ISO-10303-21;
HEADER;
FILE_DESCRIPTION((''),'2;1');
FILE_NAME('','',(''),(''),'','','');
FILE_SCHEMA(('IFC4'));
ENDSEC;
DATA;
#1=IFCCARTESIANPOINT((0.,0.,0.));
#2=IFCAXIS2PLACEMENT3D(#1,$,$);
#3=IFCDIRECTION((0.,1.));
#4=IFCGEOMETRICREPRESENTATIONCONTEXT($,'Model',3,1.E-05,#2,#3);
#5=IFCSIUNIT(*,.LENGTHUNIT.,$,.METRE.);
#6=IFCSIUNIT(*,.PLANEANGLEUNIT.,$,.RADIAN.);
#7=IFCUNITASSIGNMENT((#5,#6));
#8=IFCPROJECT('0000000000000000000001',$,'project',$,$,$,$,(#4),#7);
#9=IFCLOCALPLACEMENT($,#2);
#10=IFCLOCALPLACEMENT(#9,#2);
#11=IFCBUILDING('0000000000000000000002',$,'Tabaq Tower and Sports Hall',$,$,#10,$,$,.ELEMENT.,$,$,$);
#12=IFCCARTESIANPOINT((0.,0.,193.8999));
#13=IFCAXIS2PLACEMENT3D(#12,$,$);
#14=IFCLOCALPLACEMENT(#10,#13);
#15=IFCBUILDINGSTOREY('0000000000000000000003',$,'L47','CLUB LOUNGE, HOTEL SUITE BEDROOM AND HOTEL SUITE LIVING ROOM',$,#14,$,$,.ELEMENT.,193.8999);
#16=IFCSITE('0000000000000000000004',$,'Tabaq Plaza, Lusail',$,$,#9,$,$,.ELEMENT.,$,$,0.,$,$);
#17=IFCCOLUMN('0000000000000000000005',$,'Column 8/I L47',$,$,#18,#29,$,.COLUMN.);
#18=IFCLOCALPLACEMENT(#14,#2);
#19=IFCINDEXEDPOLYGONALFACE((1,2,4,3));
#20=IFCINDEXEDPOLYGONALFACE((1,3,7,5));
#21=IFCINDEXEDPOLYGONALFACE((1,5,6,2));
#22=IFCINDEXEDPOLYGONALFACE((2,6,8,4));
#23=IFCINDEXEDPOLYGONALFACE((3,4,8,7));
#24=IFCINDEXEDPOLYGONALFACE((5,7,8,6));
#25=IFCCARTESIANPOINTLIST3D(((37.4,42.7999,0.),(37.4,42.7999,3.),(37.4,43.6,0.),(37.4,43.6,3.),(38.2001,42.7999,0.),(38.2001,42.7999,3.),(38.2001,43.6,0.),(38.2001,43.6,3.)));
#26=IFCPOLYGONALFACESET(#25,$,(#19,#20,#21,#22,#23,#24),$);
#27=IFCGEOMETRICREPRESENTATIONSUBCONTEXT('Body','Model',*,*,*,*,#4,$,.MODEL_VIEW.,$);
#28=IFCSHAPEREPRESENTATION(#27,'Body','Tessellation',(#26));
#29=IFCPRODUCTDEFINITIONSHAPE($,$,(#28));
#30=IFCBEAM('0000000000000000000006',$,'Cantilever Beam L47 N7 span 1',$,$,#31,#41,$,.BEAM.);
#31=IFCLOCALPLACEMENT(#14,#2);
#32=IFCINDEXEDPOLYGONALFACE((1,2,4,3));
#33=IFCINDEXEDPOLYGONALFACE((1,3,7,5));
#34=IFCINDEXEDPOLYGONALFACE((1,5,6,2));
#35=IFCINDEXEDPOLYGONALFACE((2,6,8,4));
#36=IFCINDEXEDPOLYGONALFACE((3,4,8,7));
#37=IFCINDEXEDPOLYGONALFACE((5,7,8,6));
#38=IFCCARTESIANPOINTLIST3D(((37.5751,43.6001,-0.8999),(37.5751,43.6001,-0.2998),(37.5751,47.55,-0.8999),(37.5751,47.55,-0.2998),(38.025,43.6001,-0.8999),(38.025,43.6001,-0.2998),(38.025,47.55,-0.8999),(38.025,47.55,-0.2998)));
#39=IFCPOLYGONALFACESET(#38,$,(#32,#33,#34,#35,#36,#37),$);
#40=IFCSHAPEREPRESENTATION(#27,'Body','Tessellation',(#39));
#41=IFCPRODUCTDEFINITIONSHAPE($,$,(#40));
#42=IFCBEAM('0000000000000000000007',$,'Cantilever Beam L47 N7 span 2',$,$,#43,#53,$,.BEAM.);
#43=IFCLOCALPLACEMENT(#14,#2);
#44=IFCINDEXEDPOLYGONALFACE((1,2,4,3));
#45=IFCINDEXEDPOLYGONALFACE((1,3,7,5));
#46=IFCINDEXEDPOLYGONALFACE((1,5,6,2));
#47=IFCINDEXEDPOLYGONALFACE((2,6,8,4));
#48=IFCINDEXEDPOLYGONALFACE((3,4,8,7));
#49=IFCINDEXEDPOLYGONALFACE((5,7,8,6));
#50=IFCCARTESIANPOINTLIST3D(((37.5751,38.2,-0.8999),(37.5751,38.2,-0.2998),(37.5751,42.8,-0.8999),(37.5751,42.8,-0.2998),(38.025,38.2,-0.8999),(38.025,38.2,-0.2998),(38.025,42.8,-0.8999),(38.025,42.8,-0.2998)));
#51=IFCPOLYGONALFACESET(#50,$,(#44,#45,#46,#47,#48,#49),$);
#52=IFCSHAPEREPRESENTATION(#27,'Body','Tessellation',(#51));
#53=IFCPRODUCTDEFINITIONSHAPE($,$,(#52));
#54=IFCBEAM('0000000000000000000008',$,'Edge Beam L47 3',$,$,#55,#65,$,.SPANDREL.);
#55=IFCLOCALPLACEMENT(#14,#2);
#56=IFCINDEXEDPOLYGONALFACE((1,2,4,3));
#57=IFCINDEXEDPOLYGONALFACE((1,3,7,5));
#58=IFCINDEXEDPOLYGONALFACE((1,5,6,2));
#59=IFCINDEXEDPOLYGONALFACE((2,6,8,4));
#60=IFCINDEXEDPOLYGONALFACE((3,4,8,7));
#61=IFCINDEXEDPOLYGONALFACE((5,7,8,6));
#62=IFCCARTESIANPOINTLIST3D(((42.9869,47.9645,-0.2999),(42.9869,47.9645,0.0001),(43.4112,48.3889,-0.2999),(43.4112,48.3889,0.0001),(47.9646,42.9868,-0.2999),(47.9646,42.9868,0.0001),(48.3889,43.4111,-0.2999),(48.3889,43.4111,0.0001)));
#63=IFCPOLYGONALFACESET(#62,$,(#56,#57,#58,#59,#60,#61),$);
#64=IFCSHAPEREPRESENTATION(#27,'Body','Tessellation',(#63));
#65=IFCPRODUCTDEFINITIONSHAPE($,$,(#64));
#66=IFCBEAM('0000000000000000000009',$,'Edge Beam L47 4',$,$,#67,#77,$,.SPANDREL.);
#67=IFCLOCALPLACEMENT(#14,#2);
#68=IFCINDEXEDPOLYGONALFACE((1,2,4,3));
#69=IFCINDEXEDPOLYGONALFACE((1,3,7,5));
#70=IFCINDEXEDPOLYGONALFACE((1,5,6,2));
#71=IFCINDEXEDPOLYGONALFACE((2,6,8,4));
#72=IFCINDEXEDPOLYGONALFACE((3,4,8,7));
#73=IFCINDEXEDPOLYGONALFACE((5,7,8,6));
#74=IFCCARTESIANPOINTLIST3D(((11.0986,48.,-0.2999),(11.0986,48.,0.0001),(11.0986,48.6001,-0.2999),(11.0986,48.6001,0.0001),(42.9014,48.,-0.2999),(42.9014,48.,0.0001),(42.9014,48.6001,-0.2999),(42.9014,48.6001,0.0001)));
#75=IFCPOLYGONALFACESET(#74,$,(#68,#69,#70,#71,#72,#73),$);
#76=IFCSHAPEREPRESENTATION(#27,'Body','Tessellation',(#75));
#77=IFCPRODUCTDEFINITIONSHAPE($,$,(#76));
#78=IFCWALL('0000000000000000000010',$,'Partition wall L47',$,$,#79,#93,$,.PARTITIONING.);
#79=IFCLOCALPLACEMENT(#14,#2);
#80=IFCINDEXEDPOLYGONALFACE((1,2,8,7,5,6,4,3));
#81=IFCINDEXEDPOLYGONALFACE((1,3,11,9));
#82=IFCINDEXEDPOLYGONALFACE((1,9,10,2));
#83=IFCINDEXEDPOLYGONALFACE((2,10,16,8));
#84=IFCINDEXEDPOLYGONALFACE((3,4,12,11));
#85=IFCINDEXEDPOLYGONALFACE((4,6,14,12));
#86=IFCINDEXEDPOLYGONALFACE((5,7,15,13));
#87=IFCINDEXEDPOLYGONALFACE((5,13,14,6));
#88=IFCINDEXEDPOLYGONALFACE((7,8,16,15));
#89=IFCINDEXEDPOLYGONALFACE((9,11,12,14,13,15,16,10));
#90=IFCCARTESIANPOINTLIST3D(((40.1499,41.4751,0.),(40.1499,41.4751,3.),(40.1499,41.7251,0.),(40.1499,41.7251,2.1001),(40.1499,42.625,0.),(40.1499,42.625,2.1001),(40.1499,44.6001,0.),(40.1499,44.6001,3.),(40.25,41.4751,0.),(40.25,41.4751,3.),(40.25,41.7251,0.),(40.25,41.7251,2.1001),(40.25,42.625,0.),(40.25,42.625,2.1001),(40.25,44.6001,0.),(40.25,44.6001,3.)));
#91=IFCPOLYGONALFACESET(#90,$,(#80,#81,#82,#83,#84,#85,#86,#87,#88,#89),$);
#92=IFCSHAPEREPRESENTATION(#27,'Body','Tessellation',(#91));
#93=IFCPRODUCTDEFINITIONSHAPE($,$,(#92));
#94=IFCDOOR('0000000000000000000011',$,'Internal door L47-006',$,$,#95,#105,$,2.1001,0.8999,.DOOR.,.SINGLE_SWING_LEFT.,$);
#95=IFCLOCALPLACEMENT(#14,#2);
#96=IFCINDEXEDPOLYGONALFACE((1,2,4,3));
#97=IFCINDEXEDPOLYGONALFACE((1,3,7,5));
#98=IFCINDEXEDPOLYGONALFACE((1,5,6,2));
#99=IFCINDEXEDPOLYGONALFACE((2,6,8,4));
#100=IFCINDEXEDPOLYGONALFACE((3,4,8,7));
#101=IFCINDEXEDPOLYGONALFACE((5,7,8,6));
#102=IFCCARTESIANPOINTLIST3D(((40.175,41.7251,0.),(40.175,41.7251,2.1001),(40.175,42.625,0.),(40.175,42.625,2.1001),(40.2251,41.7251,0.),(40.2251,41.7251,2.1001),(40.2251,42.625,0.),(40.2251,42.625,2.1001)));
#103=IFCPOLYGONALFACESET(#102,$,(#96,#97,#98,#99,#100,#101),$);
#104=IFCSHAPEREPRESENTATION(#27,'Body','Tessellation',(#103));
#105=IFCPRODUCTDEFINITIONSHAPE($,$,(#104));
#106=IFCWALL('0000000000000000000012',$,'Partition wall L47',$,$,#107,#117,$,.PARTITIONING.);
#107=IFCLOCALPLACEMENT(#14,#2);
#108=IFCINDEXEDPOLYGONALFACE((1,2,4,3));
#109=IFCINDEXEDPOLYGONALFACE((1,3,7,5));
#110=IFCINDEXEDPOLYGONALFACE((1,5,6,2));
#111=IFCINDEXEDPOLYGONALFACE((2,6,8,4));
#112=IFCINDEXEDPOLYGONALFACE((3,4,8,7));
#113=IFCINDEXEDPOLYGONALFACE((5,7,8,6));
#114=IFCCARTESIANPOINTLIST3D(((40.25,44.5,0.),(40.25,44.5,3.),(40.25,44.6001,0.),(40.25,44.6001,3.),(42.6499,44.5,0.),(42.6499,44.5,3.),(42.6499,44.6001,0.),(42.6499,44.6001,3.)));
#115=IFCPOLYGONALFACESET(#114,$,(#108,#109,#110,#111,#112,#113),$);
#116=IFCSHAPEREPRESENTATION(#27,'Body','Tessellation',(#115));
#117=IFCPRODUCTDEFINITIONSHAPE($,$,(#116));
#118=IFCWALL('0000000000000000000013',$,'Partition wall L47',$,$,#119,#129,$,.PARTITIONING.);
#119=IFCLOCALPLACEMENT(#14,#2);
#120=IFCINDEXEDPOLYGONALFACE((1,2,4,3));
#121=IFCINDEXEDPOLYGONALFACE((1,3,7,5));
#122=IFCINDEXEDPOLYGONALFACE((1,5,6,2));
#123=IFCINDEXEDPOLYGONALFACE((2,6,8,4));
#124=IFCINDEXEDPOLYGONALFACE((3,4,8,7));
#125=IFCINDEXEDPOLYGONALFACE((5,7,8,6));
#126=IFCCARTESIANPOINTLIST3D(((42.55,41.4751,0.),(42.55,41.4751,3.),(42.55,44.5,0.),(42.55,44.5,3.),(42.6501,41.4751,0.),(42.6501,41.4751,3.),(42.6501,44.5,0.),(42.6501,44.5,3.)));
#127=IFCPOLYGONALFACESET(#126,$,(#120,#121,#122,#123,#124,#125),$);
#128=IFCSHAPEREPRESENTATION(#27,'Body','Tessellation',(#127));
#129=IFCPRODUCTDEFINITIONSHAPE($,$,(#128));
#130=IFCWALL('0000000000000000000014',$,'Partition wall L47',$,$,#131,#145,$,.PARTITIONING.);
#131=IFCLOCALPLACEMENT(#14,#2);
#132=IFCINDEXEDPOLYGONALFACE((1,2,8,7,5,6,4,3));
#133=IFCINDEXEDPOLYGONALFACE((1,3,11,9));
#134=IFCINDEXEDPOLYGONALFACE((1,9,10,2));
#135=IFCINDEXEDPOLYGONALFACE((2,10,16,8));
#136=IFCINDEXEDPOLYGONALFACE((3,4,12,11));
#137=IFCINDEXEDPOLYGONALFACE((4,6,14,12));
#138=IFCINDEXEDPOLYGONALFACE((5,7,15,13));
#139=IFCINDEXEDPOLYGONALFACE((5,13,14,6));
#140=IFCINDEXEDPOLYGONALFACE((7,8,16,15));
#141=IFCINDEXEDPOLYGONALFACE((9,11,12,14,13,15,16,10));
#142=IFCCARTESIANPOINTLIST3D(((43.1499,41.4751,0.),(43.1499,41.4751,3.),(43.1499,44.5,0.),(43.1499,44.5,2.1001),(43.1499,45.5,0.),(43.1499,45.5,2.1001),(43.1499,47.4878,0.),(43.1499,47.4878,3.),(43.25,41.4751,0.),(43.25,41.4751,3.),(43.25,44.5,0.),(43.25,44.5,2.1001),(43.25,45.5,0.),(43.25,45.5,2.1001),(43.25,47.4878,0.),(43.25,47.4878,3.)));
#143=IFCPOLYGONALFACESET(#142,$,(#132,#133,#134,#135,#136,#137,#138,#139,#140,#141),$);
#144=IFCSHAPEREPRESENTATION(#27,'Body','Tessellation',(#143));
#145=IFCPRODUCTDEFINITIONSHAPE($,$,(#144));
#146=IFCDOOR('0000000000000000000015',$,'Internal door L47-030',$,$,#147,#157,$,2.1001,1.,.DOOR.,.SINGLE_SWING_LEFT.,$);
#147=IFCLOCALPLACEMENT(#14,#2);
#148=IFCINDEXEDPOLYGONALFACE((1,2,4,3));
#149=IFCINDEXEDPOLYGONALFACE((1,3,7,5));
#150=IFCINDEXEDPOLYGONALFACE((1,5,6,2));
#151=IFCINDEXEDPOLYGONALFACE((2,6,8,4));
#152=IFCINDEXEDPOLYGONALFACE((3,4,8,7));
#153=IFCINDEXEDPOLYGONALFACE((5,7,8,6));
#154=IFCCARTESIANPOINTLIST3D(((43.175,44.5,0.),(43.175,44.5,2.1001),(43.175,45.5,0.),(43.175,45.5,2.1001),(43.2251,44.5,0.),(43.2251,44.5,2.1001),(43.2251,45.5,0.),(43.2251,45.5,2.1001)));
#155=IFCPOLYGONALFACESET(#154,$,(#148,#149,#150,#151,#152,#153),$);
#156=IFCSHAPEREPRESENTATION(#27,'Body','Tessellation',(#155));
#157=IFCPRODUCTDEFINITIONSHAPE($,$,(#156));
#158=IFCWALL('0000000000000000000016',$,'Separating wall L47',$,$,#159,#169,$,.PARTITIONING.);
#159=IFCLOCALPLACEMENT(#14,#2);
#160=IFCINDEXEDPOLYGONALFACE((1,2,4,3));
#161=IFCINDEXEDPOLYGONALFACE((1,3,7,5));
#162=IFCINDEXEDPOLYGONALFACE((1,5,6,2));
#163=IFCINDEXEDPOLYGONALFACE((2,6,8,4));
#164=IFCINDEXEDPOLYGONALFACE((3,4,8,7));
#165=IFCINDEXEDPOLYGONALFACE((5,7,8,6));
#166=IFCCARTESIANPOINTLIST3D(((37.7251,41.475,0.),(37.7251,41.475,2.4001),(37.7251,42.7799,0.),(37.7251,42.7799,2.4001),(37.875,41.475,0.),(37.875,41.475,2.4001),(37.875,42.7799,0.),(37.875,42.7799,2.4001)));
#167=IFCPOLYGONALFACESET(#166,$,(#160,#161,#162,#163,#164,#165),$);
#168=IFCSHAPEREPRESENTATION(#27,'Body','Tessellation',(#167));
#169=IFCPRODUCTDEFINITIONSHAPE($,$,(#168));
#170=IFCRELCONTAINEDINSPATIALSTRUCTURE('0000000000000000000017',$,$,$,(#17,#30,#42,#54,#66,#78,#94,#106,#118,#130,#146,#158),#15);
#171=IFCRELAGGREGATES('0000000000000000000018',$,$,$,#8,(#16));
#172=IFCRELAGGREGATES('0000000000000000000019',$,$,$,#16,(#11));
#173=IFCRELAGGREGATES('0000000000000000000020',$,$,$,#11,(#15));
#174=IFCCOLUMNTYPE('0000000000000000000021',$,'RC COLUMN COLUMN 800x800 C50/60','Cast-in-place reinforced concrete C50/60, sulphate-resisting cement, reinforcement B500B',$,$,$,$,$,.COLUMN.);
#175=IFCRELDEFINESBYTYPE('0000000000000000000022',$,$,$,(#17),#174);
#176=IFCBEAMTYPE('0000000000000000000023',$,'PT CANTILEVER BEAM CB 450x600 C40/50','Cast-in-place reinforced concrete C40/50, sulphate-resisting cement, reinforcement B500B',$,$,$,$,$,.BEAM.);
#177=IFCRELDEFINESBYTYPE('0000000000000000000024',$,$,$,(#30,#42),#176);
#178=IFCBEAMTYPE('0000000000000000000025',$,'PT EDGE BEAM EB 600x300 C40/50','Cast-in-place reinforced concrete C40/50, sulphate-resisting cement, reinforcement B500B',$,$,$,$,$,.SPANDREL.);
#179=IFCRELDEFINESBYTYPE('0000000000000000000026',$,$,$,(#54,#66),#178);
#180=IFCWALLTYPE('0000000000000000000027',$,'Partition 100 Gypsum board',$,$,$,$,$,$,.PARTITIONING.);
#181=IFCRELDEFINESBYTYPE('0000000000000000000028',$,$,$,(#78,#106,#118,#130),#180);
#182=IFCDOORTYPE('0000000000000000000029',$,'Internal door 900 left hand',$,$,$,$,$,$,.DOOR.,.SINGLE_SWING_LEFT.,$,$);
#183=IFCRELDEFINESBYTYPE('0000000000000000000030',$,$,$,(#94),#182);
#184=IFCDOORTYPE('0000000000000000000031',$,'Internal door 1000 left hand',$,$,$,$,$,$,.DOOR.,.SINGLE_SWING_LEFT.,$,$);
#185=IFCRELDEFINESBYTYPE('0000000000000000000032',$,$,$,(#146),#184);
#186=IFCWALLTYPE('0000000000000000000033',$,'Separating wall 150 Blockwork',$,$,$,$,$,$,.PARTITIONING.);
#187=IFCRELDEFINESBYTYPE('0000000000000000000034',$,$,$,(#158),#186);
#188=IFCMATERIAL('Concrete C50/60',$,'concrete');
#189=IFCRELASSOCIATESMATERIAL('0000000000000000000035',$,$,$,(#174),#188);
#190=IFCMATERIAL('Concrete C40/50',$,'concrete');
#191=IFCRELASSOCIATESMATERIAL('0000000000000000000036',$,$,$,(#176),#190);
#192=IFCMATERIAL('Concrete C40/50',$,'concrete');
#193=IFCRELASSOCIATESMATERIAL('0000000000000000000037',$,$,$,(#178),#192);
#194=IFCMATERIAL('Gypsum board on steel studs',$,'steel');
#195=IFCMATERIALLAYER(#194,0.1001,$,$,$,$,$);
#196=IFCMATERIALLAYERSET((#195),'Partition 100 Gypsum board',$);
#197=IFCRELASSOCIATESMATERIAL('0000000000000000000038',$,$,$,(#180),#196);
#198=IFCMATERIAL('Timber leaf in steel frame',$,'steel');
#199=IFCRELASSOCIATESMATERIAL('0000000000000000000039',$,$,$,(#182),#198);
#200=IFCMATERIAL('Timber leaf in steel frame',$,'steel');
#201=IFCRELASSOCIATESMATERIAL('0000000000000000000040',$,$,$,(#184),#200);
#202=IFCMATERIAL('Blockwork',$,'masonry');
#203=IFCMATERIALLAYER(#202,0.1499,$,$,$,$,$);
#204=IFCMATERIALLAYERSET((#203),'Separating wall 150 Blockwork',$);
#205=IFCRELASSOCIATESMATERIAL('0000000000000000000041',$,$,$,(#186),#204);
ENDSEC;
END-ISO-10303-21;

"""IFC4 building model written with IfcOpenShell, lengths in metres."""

from ifc_helpers import new_model, si_unit, direction, frame, frame_2d, origin, origin_2d, place, context, subcontext, project, spatial, rectangle, extrude, material, layer, layer_set, material_profile, profile_set, type_object, element, fill, save


model = new_model("IFC4")

# Units and contexts
model_context = context("Model", 3, precision=1e-05, world=origin(), true_north=direction((0.0, 1.0)))
body_context = subcontext(model_context, "Body", "Model", "MODEL_VIEW")
ifc_project = project(units=[si_unit("LENGTHUNIT", "METRE"), si_unit("PLANEANGLEUNIT", "RADIAN")], contexts=[model_context])

# Site, building, storey
site_placement = place(None, origin())
site = spatial("IfcSite", under=ifc_project, at=site_placement, Name="Tabaq Plaza, Lusail", CompositionType="ELEMENT", RefElevation=0.0)
building_placement = place(site_placement, origin())
building = spatial("IfcBuilding", under=site, at=building_placement, Name="Tabaq Tower and Sports Hall", CompositionType="ELEMENT")
storey_placement = place(building_placement, frame((0.0, 0.0, 193.8999)))
storey = spatial("IfcBuildingStorey", under=building, at=storey_placement, Name="L47", Description="CLUB LOUNGE, HOTEL SUITE BEDROOM AND HOTEL SUITE LIVING ROOM", CompositionType="ELEMENT", Elevation=193.8999)

# Column
ifc_material_1 = material(Name="Concrete C50/60", Category="concrete")
ifc_material_profile_1 = material_profile(ifc_material_1, rectangle(XDim=0.8, YDim=0.8, at=origin_2d()), Name="COLUMN 800x800")
ifc_profile_set_1 = profile_set([ifc_material_profile_1], Name="Concrete C50/60")
column_type = type_object("IfcColumnType", Name="RC COLUMN COLUMN 800x800 C50/60", Description="Cast-in-place reinforced concrete C50/60, sulphate-resisting cement, reinforcement B500B", PredefinedType="COLUMN", material=ifc_profile_set_1)
column_placement = place(storey_placement, frame((37.8, 43.2, 0.0), z_axis=(0.0, 0.0, 1.0), x_axis=(1.0, 0.0, 0.0)))
element("IfcColumn", 1, at=column_placement, inside=storey, type_object=column_type, Name="Column 8/I L47", PredefinedType="COLUMN", context=body_context, shape_type="SweptSolid", body=[
    extrude(rectangle(XDim=0.8, YDim=0.8, at=origin_2d()), origin(), (0.0, 0.0, 1.0), 3.0),
])

# Beams
ifc_material_2 = material(Name="Concrete C40/50", Category="concrete")
ifc_material_profile_2 = material_profile(ifc_material_2, rectangle(XDim=0.45, YDim=0.6001, at=origin_2d()), Name="CB 450x600")
ifc_profile_set_2 = profile_set([ifc_material_profile_2], Name="Concrete C40/50")
beam_type_1 = type_object("IfcBeamType", Name="PT CANTILEVER BEAM CB 450x600 C40/50", Description="Cast-in-place reinforced concrete C40/50, sulphate-resisting cement, reinforcement B500B", PredefinedType="BEAM", material=ifc_profile_set_2)
beam_1_placement = place(storey_placement, frame((37.8, 47.55, -0.5999), z_axis=(0.0, -1.0, 0.0), x_axis=(1.0, 0.0, 0.0)))
element("IfcBeam", 2, at=beam_1_placement, inside=storey, type_object=beam_type_1, Name="Cantilever Beam L47 N7 span 1", PredefinedType="BEAM", context=body_context, shape_type="SweptSolid", body=[
    extrude(rectangle(XDim=0.45, YDim=0.6001, at=origin_2d()), origin(), (0.0, 0.0, 1.0), 3.95),
])
beam_2_placement = place(storey_placement, frame((37.8, 42.8, -0.5999), z_axis=(0.0, -1.0, 0.0), x_axis=(1.0, 0.0, 0.0)))
element("IfcBeam", 3, at=beam_2_placement, inside=storey, type_object=beam_type_1, Name="Cantilever Beam L47 N7 span 2", PredefinedType="BEAM", context=body_context, shape_type="SweptSolid", body=[
    extrude(rectangle(XDim=0.45, YDim=0.6001, at=origin_2d()), origin(), (0.0, 0.0, 1.0), 4.6001),
])
ifc_material_3 = material(Name="Concrete C40/50", Category="concrete")
ifc_material_profile_3 = material_profile(ifc_material_3, rectangle(XDim=0.6001, YDim=0.3, at=origin_2d()), Name="EB 600x300")
ifc_profile_set_3 = profile_set([ifc_material_profile_3], Name="Concrete C40/50")
beam_type_2 = type_object("IfcBeamType", Name="PT EDGE BEAM EB 600x300 C40/50", Description="Cast-in-place reinforced concrete C40/50, sulphate-resisting cement, reinforcement B500B", PredefinedType="SPANDREL", material=ifc_profile_set_3)
beam_3_placement = place(storey_placement, frame((48.1768, 43.199, -0.1499), z_axis=(-0.707107, 0.707107, 0.0), x_axis=(-0.707107, -0.707107, 0.0)))
element("IfcBeam", 4, at=beam_3_placement, inside=storey, type_object=beam_type_2, Name="Edge Beam L47 3", PredefinedType="SPANDREL", context=body_context, shape_type="SweptSolid", body=[
    extrude(rectangle(XDim=0.6001, YDim=0.3, at=origin_2d()), origin(), (0.0, 0.0, 1.0), 7.0396),
])
beam_4_placement = place(storey_placement, frame((42.9014, 48.3, -0.1499), z_axis=(-1.0, 0.0, 0.0), x_axis=(0.0, -1.0, 0.0)))
element("IfcBeam", 5, at=beam_4_placement, inside=storey, type_object=beam_type_2, Name="Edge Beam L47 4", PredefinedType="SPANDREL", context=body_context, shape_type="SweptSolid", body=[
    extrude(rectangle(XDim=0.6001, YDim=0.3, at=origin_2d()), origin(), (0.0, 0.0, 1.0), 31.8027),
])

# Wall, opening, door
ifc_material_4 = material(Name="Gypsum board on steel studs", Category="steel")
ifc_layer_1 = layer(ifc_material_4, 0.1001)
ifc_layer_set_1 = layer_set([ifc_layer_1], Name="Partition 100 Gypsum board")
wall_type_1 = type_object("IfcWallType", Name="Partition 100 Gypsum board", PredefinedType="PARTITIONING", material=ifc_layer_set_1)
wall_1_placement = place(storey_placement, frame((40.2, 41.4751, 0.0), z_axis=(0.0, 0.0, 1.0), x_axis=(0.0, 1.0, 0.0)))
wall_1 = element("IfcWall", 6, at=wall_1_placement, inside=storey, type_object=wall_type_1, Name="Partition wall L47", PredefinedType="PARTITIONING", context=body_context, shape_type="SweptSolid", body=[
    extrude(rectangle(XDim=3.125, YDim=0.1001, at=frame_2d((1.5625, 0.0))), origin(), (0.0, 0.0, 1.0), 3.0),
])
opening_1_placement = place(wall_1_placement, frame((0.25, 0.0, 0.0)))
opening_1 = element("IfcOpeningElement", 7, at=opening_1_placement, cuts=wall_1, PredefinedType="OPENING", context=body_context, shape_type="SweptSolid", body=[
    extrude(rectangle(XDim=0.8999, YDim=2.1001, at=frame_2d((0.45, 1.05))), frame((0.0, 0.05, 0.0), z_axis=(0.0, -1.0, 0.0), x_axis=(1.0, 0.0, 0.0)), (0.0, 0.0, 1.0), 0.1001),
])
ifc_material_5 = material(Name="Timber leaf in steel frame", Category="steel")
door_type_1 = type_object("IfcDoorType", Name="Internal door 900 left hand", OperationType="SINGLE_SWING_LEFT", PredefinedType="DOOR", material=ifc_material_5)
door_1_placement = place(opening_1_placement, origin())
door_1 = element("IfcDoor", 8, at=door_1_placement, inside=storey, type_object=door_type_1, Name="Internal door L47-006", OperationType="SINGLE_SWING_LEFT", OverallHeight=2.1001, OverallWidth=0.8999, PredefinedType="DOOR", context=body_context, shape_type="SweptSolid", body=[
    extrude(rectangle(XDim=0.8999, YDim=2.1001, at=frame_2d((0.45, 1.05))), frame((0.0, 0.0249, 0.0), z_axis=(0.0, -1.0, 0.0), x_axis=(1.0, 0.0, 0.0)), (0.0, 0.0, 1.0), 0.05),
])
fill(opening_1, door_1)

# Walls
wall_2_placement = place(storey_placement, frame((40.25, 44.55, 0.0), z_axis=(0.0, 0.0, 1.0), x_axis=(1.0, 0.0, 0.0)))
element("IfcWall", 9, at=wall_2_placement, inside=storey, type_object=wall_type_1, Name="Partition wall L47", PredefinedType="PARTITIONING", context=body_context, shape_type="SweptSolid", body=[
    extrude(rectangle(XDim=2.3999, YDim=0.1001, at=frame_2d((1.2, 0.0))), origin(), (0.0, 0.0, 1.0), 3.0),
])
wall_3_placement = place(storey_placement, frame((42.6001, 44.5, 0.0), z_axis=(0.0, 0.0, 1.0), x_axis=(0.0, -1.0, 0.0)))
element("IfcWall", 10, at=wall_3_placement, inside=storey, type_object=wall_type_1, Name="Partition wall L47", PredefinedType="PARTITIONING", context=body_context, shape_type="SweptSolid", body=[
    extrude(rectangle(XDim=3.0249, YDim=0.1001, at=frame_2d((1.5125, 0.0))), origin(), (0.0, 0.0, 1.0), 3.0),
])

# Wall, opening, door
wall_4_placement = place(storey_placement, frame((43.2, 41.4751, 0.0), z_axis=(0.0, 0.0, 1.0), x_axis=(0.0, 1.0, 0.0)))
wall_4 = element("IfcWall", 11, at=wall_4_placement, inside=storey, type_object=wall_type_1, Name="Partition wall L47", PredefinedType="PARTITIONING", context=body_context, shape_type="SweptSolid", body=[
    extrude(rectangle(XDim=6.0127, YDim=0.1001, at=frame_2d((3.0063, 0.0))), origin(), (0.0, 0.0, 1.0), 3.0),
])
opening_2_placement = place(wall_4_placement, frame((3.0249, 0.0, 0.0)))
opening_2 = element("IfcOpeningElement", 12, at=opening_2_placement, cuts=wall_4, PredefinedType="OPENING", context=body_context, shape_type="SweptSolid", body=[
    extrude(rectangle(XDim=1.0, YDim=2.1001, at=frame_2d((0.5, 1.05))), frame((0.0, 0.05, 0.0), z_axis=(0.0, -1.0, 0.0), x_axis=(1.0, 0.0, 0.0)), (0.0, 0.0, 1.0), 0.1001),
])
ifc_material_6 = material(Name="Timber leaf in steel frame", Category="steel")
door_type_2 = type_object("IfcDoorType", Name="Internal door 1000 left hand", OperationType="SINGLE_SWING_LEFT", PredefinedType="DOOR", material=ifc_material_6)
door_2_placement = place(opening_2_placement, origin())
door_2 = element("IfcDoor", 13, at=door_2_placement, inside=storey, type_object=door_type_2, Name="Internal door L47-030", OperationType="SINGLE_SWING_LEFT", OverallHeight=2.1001, OverallWidth=1.0, PredefinedType="DOOR", context=body_context, shape_type="SweptSolid", body=[
    extrude(rectangle(XDim=1.0, YDim=2.1001, at=frame_2d((0.5, 1.05))), frame((0.0, 0.0249, 0.0), z_axis=(0.0, -1.0, 0.0), x_axis=(1.0, 0.0, 0.0)), (0.0, 0.0, 1.0), 0.05),
])
fill(opening_2, door_2)

# Wall
ifc_material_7 = material(Name="Blockwork", Category="masonry")
ifc_layer_2 = layer(ifc_material_7, 0.1499)
ifc_layer_set_2 = layer_set([ifc_layer_2], Name="Separating wall 150 Blockwork")
wall_type_2 = type_object("IfcWallType", Name="Separating wall 150 Blockwork", PredefinedType="PARTITIONING", material=ifc_layer_set_2)
wall_5_placement = place(storey_placement, frame((37.8, 41.4751, 0.0), z_axis=(0.0, 0.0, 1.0), x_axis=(0.0, 1.0, 0.0)))
element("IfcWall", 14, at=wall_5_placement, inside=storey, type_object=wall_type_2, Name="Separating wall L47", PredefinedType="PARTITIONING", context=body_context, shape_type="SweptSolid", body=[
    extrude(rectangle(XDim=1.3049, YDim=0.1499, at=frame_2d((0.6523, 0.0))), origin(), (0.0, 0.0, 1.0), 2.4001),
])

save(model, "model.ifc")
